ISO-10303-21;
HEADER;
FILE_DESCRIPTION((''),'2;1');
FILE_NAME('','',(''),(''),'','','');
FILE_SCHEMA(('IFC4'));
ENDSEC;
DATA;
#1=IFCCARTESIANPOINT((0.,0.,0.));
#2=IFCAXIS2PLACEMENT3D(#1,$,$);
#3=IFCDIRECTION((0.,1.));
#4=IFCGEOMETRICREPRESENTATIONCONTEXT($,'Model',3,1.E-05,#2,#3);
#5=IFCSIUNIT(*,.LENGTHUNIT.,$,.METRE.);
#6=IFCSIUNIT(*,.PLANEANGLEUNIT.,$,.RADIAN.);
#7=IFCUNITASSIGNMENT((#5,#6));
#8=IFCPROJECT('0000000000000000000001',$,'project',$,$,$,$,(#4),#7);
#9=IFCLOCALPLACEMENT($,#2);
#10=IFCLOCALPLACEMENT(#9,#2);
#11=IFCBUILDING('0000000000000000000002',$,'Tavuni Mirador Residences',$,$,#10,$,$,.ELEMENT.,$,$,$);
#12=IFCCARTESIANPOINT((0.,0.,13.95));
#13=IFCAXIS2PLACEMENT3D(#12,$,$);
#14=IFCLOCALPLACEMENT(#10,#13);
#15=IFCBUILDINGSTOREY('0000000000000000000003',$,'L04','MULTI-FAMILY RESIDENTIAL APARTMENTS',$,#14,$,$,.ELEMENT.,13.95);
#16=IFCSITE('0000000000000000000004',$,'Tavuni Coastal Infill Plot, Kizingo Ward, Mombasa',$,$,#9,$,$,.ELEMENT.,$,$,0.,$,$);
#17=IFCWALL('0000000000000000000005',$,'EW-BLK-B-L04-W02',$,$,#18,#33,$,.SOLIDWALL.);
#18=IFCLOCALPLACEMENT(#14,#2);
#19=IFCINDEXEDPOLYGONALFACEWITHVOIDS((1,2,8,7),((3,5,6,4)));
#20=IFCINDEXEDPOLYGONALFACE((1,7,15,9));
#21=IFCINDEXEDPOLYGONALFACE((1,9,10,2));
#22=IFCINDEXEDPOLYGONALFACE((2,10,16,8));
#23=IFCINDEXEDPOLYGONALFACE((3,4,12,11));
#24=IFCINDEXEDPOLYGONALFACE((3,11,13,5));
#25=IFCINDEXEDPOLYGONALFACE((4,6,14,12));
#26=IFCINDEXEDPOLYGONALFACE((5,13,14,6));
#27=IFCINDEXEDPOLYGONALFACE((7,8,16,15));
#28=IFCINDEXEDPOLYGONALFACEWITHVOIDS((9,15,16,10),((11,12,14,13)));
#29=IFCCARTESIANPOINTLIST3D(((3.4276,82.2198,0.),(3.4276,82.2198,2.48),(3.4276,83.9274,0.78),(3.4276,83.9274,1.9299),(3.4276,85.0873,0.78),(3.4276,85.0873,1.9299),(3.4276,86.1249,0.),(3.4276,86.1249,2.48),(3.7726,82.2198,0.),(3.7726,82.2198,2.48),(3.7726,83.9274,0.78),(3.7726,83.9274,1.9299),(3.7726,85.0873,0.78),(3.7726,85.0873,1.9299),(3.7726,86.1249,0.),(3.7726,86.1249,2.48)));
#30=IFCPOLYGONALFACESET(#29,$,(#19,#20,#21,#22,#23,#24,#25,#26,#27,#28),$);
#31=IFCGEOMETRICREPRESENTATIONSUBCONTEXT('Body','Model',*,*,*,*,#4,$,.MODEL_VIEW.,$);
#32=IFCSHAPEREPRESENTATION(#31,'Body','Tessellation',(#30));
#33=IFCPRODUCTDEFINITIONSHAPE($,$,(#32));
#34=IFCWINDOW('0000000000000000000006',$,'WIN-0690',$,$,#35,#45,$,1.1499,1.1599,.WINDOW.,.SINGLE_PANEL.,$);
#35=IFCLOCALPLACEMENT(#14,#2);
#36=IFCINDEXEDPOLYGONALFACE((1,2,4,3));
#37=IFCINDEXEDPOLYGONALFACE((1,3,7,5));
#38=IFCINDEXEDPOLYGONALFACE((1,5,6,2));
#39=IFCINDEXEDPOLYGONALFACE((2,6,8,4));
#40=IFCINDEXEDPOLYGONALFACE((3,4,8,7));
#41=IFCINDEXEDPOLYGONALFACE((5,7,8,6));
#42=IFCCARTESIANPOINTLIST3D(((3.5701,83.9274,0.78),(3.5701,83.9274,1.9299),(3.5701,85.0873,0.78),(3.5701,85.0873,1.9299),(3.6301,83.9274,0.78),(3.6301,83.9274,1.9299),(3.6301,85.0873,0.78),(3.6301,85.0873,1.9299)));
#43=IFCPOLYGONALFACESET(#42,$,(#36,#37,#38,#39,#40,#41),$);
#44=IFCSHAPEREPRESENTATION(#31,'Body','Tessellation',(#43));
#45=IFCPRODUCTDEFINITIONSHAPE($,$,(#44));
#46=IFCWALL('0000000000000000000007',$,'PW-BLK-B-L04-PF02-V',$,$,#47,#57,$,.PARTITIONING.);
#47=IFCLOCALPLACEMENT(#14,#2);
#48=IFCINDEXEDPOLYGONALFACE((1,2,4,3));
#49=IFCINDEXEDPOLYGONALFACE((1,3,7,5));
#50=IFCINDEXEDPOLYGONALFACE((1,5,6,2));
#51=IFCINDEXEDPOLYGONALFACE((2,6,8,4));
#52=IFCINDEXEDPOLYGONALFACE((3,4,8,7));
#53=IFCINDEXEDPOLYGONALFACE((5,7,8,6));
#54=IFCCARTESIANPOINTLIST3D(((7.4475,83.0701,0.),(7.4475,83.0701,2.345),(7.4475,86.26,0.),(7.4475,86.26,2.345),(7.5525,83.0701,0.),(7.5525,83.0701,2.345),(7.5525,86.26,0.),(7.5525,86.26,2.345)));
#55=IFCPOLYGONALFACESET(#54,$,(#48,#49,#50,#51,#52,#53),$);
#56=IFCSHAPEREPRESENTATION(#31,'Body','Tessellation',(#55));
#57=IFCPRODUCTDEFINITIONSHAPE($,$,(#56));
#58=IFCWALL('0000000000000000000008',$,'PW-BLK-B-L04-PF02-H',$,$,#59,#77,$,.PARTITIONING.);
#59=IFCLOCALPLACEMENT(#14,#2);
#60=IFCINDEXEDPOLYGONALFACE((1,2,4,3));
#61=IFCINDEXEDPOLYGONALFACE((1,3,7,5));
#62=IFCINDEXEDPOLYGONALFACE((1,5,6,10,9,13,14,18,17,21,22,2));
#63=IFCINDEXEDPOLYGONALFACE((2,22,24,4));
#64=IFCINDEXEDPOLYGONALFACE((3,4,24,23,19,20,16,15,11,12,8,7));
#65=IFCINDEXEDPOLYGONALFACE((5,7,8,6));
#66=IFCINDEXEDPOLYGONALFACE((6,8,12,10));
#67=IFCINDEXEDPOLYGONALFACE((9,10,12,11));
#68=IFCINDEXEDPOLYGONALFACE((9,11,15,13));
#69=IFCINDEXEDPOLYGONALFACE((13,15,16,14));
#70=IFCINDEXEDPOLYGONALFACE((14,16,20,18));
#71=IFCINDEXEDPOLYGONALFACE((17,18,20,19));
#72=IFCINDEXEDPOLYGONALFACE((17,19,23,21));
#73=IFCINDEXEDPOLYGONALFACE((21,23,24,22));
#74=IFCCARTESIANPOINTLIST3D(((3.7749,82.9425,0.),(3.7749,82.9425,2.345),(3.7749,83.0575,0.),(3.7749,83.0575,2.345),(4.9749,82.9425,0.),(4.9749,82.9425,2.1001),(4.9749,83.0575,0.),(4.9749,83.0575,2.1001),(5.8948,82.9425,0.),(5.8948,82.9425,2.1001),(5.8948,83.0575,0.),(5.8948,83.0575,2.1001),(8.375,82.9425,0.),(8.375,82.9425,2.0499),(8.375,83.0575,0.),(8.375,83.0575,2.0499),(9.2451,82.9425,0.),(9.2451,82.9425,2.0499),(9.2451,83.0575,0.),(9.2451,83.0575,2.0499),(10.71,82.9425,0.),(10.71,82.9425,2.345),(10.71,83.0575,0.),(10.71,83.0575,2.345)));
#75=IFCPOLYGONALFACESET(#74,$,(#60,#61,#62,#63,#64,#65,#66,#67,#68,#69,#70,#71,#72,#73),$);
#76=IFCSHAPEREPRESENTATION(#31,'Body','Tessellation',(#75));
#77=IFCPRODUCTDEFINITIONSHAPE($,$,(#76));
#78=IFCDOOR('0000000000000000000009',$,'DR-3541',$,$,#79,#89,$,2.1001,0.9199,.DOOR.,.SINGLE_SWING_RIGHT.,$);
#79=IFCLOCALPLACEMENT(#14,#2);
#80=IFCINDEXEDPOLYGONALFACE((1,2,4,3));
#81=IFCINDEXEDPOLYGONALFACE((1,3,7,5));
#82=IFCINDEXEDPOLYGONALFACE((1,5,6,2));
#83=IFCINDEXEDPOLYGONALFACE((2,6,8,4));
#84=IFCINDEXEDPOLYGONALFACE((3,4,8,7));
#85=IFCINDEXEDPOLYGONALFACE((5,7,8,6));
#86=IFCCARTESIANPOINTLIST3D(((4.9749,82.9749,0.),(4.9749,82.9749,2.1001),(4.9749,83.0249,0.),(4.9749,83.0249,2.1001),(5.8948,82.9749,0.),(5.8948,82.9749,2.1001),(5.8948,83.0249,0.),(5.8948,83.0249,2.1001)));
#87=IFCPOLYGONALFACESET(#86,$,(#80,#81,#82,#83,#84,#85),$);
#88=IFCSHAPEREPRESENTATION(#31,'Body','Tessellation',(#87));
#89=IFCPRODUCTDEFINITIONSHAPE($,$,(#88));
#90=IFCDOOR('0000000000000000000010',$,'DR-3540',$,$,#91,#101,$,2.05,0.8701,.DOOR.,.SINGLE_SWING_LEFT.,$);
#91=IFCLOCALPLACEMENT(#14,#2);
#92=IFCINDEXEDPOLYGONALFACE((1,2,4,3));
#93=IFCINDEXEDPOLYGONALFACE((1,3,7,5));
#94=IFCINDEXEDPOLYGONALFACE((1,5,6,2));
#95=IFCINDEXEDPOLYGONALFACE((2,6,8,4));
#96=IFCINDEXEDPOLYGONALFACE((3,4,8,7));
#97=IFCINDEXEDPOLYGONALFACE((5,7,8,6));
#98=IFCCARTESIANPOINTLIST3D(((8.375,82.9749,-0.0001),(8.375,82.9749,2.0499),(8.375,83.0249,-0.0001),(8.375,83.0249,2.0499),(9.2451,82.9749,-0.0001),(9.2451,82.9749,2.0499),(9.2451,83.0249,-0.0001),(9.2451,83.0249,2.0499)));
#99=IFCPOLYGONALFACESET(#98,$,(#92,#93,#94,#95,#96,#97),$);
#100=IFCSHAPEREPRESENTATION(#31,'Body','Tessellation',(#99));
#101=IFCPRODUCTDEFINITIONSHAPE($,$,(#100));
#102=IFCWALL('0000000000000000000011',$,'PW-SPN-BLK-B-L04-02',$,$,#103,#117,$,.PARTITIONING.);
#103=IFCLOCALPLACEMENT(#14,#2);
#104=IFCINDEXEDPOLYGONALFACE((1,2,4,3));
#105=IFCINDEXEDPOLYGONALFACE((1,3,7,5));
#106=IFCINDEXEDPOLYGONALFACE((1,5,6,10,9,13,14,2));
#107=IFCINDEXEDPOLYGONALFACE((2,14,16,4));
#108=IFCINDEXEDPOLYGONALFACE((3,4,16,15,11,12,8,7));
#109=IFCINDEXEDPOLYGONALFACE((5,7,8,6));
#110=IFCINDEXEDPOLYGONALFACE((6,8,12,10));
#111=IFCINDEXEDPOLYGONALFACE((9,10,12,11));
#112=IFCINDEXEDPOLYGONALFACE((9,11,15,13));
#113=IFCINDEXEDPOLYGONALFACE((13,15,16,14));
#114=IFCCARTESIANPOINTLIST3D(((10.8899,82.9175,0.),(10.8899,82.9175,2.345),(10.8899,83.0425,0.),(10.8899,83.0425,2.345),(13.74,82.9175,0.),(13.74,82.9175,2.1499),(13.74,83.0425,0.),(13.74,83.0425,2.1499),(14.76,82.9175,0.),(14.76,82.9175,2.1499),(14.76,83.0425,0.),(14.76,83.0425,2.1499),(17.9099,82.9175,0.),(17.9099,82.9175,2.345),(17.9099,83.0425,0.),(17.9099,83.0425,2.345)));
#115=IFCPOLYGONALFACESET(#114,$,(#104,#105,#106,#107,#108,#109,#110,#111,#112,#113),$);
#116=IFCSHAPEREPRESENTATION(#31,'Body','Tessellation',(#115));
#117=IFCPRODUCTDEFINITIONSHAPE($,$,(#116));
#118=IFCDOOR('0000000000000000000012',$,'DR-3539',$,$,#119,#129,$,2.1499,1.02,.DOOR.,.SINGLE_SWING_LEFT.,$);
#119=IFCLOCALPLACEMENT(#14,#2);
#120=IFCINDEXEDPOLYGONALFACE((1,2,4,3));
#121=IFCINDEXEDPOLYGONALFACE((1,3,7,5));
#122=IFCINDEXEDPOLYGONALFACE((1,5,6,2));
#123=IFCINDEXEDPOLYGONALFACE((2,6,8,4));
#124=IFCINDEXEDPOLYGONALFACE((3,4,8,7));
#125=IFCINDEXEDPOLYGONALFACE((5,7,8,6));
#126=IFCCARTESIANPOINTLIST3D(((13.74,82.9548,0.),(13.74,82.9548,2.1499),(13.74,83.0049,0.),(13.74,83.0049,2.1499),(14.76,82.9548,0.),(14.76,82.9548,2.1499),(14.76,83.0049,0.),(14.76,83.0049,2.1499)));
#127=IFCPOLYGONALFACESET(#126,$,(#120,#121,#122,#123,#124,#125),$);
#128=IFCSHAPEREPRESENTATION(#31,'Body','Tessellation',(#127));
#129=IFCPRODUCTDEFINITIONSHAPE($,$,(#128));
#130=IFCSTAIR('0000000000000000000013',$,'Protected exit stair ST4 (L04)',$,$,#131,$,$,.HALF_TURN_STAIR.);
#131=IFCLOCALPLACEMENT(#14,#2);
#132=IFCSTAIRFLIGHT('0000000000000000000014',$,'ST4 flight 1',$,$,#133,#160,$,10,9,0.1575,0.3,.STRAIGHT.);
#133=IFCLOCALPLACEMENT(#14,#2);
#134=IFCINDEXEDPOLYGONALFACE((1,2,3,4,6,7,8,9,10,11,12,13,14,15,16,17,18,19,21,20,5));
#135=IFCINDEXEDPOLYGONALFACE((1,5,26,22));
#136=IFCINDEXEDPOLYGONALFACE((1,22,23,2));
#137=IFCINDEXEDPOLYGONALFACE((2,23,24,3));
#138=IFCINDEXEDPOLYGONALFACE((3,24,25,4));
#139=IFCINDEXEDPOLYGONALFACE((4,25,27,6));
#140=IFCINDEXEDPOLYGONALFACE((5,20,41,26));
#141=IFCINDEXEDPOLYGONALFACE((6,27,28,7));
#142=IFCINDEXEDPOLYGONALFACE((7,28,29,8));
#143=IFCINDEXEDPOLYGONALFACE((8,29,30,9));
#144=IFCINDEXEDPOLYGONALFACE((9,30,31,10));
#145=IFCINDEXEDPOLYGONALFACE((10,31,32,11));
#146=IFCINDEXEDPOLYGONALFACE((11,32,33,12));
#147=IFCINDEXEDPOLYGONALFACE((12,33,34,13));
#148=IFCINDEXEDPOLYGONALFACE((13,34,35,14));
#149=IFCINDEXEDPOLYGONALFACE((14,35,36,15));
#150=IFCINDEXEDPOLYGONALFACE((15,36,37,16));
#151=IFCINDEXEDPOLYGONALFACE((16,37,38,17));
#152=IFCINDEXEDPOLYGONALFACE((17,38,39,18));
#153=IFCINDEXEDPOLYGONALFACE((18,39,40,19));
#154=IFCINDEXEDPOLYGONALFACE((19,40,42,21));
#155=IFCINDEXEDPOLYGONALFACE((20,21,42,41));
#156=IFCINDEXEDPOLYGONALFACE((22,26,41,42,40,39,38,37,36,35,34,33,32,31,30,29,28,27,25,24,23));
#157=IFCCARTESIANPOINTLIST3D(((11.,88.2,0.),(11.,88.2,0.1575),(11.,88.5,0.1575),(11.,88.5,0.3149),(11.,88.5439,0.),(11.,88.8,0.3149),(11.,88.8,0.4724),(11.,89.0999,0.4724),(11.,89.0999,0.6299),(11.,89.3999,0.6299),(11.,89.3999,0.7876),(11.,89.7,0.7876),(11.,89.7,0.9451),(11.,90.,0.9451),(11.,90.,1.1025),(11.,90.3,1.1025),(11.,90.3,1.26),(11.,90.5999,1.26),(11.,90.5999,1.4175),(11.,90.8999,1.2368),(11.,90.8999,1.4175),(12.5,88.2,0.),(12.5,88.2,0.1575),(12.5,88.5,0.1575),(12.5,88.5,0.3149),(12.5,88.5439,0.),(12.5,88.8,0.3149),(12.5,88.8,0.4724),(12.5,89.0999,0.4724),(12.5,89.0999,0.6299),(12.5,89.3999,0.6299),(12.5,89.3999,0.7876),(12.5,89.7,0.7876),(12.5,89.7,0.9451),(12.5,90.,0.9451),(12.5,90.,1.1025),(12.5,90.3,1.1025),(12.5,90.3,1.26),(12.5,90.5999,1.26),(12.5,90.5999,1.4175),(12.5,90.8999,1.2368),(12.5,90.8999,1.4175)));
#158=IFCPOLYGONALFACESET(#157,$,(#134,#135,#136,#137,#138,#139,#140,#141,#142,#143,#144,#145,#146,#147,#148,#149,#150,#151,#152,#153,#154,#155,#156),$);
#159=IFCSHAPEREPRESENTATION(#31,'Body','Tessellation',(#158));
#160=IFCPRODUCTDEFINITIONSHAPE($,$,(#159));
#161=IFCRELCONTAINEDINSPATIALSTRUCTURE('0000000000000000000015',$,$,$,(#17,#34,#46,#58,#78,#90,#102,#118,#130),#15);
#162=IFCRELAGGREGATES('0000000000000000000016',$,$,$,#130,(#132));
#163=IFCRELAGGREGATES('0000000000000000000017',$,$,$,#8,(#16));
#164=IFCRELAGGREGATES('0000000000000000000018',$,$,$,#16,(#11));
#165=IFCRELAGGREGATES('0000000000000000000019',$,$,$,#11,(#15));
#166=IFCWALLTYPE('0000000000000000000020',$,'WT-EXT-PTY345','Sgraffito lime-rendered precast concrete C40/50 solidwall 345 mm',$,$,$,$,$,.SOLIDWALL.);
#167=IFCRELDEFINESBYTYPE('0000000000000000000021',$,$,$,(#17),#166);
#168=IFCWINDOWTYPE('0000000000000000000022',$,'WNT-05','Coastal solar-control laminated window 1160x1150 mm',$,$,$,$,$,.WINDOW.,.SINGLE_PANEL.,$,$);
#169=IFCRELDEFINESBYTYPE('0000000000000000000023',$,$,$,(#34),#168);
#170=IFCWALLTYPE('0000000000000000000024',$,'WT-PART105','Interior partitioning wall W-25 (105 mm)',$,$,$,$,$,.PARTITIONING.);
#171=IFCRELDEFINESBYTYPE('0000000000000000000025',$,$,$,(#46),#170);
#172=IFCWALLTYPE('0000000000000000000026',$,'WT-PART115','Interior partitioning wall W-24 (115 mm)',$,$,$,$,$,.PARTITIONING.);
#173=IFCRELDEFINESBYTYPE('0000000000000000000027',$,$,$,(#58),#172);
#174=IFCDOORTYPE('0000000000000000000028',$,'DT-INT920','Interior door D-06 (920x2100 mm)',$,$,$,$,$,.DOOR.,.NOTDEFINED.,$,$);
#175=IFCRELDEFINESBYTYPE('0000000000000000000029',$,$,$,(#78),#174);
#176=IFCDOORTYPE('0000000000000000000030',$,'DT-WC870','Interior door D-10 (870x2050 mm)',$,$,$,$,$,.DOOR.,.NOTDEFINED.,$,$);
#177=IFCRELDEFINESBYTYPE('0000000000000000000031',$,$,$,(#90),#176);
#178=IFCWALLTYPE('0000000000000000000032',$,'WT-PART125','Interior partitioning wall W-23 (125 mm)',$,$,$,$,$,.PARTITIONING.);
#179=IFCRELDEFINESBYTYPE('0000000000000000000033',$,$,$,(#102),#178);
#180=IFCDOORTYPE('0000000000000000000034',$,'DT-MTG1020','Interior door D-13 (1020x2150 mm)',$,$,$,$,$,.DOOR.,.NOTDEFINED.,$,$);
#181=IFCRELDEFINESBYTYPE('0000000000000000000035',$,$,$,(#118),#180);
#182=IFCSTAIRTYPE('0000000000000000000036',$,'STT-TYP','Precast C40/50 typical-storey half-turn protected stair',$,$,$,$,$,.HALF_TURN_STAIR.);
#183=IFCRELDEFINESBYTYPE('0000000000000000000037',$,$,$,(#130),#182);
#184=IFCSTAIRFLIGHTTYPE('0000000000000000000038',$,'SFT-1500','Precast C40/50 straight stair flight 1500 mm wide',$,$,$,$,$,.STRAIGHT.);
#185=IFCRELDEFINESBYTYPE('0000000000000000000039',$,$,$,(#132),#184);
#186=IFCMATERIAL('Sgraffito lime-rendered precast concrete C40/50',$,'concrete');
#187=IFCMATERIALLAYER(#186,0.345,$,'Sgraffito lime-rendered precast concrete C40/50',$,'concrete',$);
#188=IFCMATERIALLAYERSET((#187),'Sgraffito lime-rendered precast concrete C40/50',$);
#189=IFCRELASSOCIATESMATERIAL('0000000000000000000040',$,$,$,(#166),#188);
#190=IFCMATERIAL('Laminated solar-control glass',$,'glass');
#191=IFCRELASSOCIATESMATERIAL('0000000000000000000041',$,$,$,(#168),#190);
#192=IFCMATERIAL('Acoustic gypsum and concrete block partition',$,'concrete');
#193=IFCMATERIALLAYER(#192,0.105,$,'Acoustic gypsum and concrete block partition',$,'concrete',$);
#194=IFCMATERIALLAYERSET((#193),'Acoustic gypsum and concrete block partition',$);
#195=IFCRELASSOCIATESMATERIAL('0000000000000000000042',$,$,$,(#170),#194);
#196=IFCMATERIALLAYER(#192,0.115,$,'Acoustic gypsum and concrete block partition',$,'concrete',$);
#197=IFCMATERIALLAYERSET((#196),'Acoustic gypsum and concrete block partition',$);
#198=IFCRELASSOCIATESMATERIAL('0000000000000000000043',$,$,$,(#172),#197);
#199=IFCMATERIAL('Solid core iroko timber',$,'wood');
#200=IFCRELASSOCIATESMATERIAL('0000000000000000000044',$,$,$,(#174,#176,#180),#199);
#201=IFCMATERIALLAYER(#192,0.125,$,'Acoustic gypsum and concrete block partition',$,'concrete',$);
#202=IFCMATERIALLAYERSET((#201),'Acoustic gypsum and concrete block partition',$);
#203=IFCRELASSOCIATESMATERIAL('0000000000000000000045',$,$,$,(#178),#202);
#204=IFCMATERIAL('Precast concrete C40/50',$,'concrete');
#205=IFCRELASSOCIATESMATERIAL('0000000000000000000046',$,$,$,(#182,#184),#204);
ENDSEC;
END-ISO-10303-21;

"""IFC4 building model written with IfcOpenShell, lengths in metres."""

from ifc_helpers import new_model, si_unit, direction, frame, frame_2d, origin, place, context, subcontext, project, spatial, polyline, rectangle, outline, extrude, material, layer, layer_set, type_object, element, fill, aggregate, save


model = new_model("IFC4")

# Units and contexts
model_context = context("Model", 3, precision=1e-05, world=origin(), true_north=direction((0.0, 1.0)))
body_context = subcontext(model_context, "Body", "Model", "MODEL_VIEW")
ifc_project = project(units=[si_unit("LENGTHUNIT", "METRE"), si_unit("PLANEANGLEUNIT", "RADIAN")], contexts=[model_context])

# Site, building, storey
site_placement = place(None, origin())
site = spatial("IfcSite", under=ifc_project, at=site_placement, Name="Tavuni Coastal Infill Plot, Kizingo Ward, Mombasa", CompositionType="ELEMENT", RefElevation=0.0)
building_placement = place(site_placement, origin())
building = spatial("IfcBuilding", under=site, at=building_placement, Name="Tavuni Mirador Residences", CompositionType="ELEMENT")
storey_placement = place(building_placement, frame((0.0, 0.0, 13.95)))
storey = spatial("IfcBuildingStorey", under=building, at=storey_placement, Name="L04", Description="MULTI-FAMILY RESIDENTIAL APARTMENTS", CompositionType="ELEMENT", Elevation=13.95)

# Shared definitions
ifc_material_1 = material(Name="Precast concrete C40/50", Category="concrete")

# Shared definitions
ifc_material_2 = material(Name="Solid core iroko timber", Category="wood")

# Wall, opening, window
ifc_material_3 = material(Name="Sgraffito lime-rendered precast concrete C40/50", Category="concrete")
ifc_layer_1 = layer(ifc_material_3, 0.345, Name="Sgraffito lime-rendered precast concrete C40/50", Category="concrete")
ifc_layer_set_1 = layer_set([ifc_layer_1], Name="Sgraffito lime-rendered precast concrete C40/50")
wall_type_1 = type_object("IfcWallType", Name="WT-EXT-PTY345", Description="Sgraffito lime-rendered precast concrete C40/50 solidwall 345 mm", PredefinedType="SOLIDWALL", material=ifc_layer_set_1)
wall_1_placement = place(storey_placement, frame((3.6001, 86.125, 0.0), z_axis=(0.0, 0.0, 1.0), x_axis=(0.0, -1.0, 0.0)))
wall_1 = element("IfcWall", 1, at=wall_1_placement, inside=storey, type_object=wall_type_1, Name="EW-BLK-B-L04-W02", PredefinedType="SOLIDWALL", context=body_context, shape_type="SweptSolid", body=[
    extrude(rectangle(XDim=3.905, YDim=0.345, at=frame_2d((1.9526, 0.0))), origin(), (0.0, 0.0, 1.0), 2.48),
])
opening_1_placement = place(wall_1_placement, frame((1.0376, 0.0, 0.78)))
opening_1 = element("IfcOpeningElement", 2, at=opening_1_placement, cuts=wall_1, PredefinedType="OPENING", context=body_context, shape_type="SweptSolid", body=[
    extrude(rectangle(XDim=1.1599, YDim=1.1499, at=frame_2d((0.5801, 0.575))), frame((0.0, 0.1826, 0.0), z_axis=(0.0, -1.0, 0.0), x_axis=(1.0, 0.0, 0.0)), (0.0, 0.0, 1.0), 0.365),
])
ifc_material_4 = material(Name="Laminated solar-control glass", Category="glass")
window_type = type_object("IfcWindowType", Name="WNT-05", Description="Coastal solar-control laminated window 1160x1150 mm", PartitioningType="SINGLE_PANEL", PredefinedType="WINDOW", material=ifc_material_4)
window_placement = place(opening_1_placement, origin())
window = element("IfcWindow", 3, at=window_placement, inside=storey, type_object=window_type, Name="WIN-0690", OverallHeight=1.1499, OverallWidth=1.1599, PartitioningType="SINGLE_PANEL", PredefinedType="WINDOW", context=body_context, shape_type="SweptSolid", body=[
    extrude(rectangle(XDim=1.1599, YDim=1.1499, at=frame_2d((0.5801, 0.575))), frame((0.0, 0.03, 0.0), z_axis=(0.0, -1.0, 0.0), x_axis=(1.0, 0.0, 0.0)), (0.0, 0.0, 1.0), 0.0601),
])
fill(opening_1, window)

# Wall
ifc_material_5 = material(Name="Acoustic gypsum and concrete block partition", Category="concrete")
ifc_layer_2 = layer(ifc_material_5, 0.105, Name="Acoustic gypsum and concrete block partition", Category="concrete")
ifc_layer_set_2 = layer_set([ifc_layer_2], Name="Acoustic gypsum and concrete block partition")
wall_type_2 = type_object("IfcWallType", Name="WT-PART105", Description="Interior partitioning wall W-25 (105 mm)", PredefinedType="PARTITIONING", material=ifc_layer_set_2)
wall_2_placement = place(storey_placement, frame((7.5, 83.0701, 0.0), z_axis=(0.0, 0.0, 1.0), x_axis=(0.0, 1.0, 0.0)))
element("IfcWall", 4, at=wall_2_placement, inside=storey, type_object=wall_type_2, Name="PW-BLK-B-L04-PF02-V", PredefinedType="PARTITIONING", context=body_context, shape_type="SweptSolid", body=[
    extrude(rectangle(XDim=3.1899, YDim=0.105, at=frame_2d((1.595, 0.0))), origin(), (0.0, 0.0, 1.0), 2.345),
])

# Wall, openings, doors
ifc_layer_3 = layer(ifc_material_5, 0.115, Name="Acoustic gypsum and concrete block partition", Category="concrete")
ifc_layer_set_3 = layer_set([ifc_layer_3], Name="Acoustic gypsum and concrete block partition")
wall_type_3 = type_object("IfcWallType", Name="WT-PART115", Description="Interior partitioning wall W-24 (115 mm)", PredefinedType="PARTITIONING", material=ifc_layer_set_3)
wall_3_placement = place(storey_placement, frame((3.7749, 83.0, 0.0), z_axis=(0.0, 0.0, 1.0), x_axis=(1.0, 0.0, 0.0)))
wall_3 = element("IfcWall", 5, at=wall_3_placement, inside=storey, type_object=wall_type_3, Name="PW-BLK-B-L04-PF02-H", PredefinedType="PARTITIONING", context=body_context, shape_type="SweptSolid", body=[
    extrude(rectangle(XDim=6.9351, YDim=0.115, at=frame_2d((3.4675, 0.0))), origin(), (0.0, 0.0, 1.0), 2.345),
])
opening_2_placement = place(wall_3_placement, frame((4.6001, 0.0, 0.0)))
opening_2 = element("IfcOpeningElement", 6, at=opening_2_placement, cuts=wall_3, PredefinedType="OPENING", context=body_context, shape_type="SweptSolid", body=[
    extrude(rectangle(XDim=0.8701, YDim=2.05, at=frame_2d((0.4351, 1.0249))), frame((0.0, 0.0674, 0.0), z_axis=(0.0, -1.0, 0.0), x_axis=(1.0, 0.0, 0.0)), (0.0, 0.0, 1.0), 0.135),
])
opening_3_placement = place(wall_3_placement, frame((1.2, 0.0, 0.0)))
opening_3 = element("IfcOpeningElement", 7, at=opening_3_placement, cuts=wall_3, PredefinedType="OPENING", context=body_context, shape_type="SweptSolid", body=[
    extrude(rectangle(XDim=0.9199, YDim=2.1001, at=frame_2d((0.46, 1.05))), frame((0.0, 0.0674, 0.0), z_axis=(0.0, -1.0, 0.0), x_axis=(1.0, 0.0, 0.0)), (0.0, 0.0, 1.0), 0.135),
])
door_type_1 = type_object("IfcDoorType", Name="DT-INT920", Description="Interior door D-06 (920x2100 mm)", OperationType="NOTDEFINED", PredefinedType="DOOR", material=ifc_material_2)
door_1_placement = place(opening_3_placement, origin())
door_1 = element("IfcDoor", 8, at=door_1_placement, inside=storey, type_object=door_type_1, Name="DR-3541", OperationType="SINGLE_SWING_RIGHT", OverallHeight=2.1001, OverallWidth=0.9199, PredefinedType="DOOR", context=body_context, shape_type="SweptSolid", body=[
    extrude(rectangle(XDim=0.9199, YDim=2.1001, at=frame_2d((0.46, 1.05))), frame((0.0, 0.0249, 0.0), z_axis=(0.0, -1.0, 0.0), x_axis=(1.0, 0.0, 0.0)), (0.0, 0.0, 1.0), 0.05),
])
fill(opening_3, door_1)
door_type_2 = type_object("IfcDoorType", Name="DT-WC870", Description="Interior door D-10 (870x2050 mm)", OperationType="NOTDEFINED", PredefinedType="DOOR", material=ifc_material_2)
door_2_placement = place(opening_2_placement, origin())
door_2 = element("IfcDoor", 9, at=door_2_placement, inside=storey, type_object=door_type_2, Name="DR-3540", OperationType="SINGLE_SWING_LEFT", OverallHeight=2.05, OverallWidth=0.8701, PredefinedType="DOOR", context=body_context, shape_type="SweptSolid", body=[
    extrude(rectangle(XDim=0.8701, YDim=2.05, at=frame_2d((0.4351, 1.0249))), frame((0.0, 0.0249, 0.0), z_axis=(0.0, -1.0, 0.0), x_axis=(1.0, 0.0, 0.0)), (0.0, 0.0, 1.0), 0.05),
])
fill(opening_2, door_2)

# Wall, opening, door
ifc_layer_4 = layer(ifc_material_5, 0.125, Name="Acoustic gypsum and concrete block partition", Category="concrete")
ifc_layer_set_4 = layer_set([ifc_layer_4], Name="Acoustic gypsum and concrete block partition")
wall_type_4 = type_object("IfcWallType", Name="WT-PART125", Description="Interior partitioning wall W-23 (125 mm)", PredefinedType="PARTITIONING", material=ifc_layer_set_4)
wall_4_placement = place(storey_placement, frame((10.8899, 82.98, 0.0), z_axis=(0.0, 0.0, 1.0), x_axis=(1.0, 0.0, 0.0)))
wall_4 = element("IfcWall", 10, at=wall_4_placement, inside=storey, type_object=wall_type_4, Name="PW-SPN-BLK-B-L04-02", PredefinedType="PARTITIONING", context=body_context, shape_type="SweptSolid", body=[
    extrude(rectangle(XDim=7.02, YDim=0.125, at=frame_2d((3.51, 0.0))), origin(), (0.0, 0.0, 1.0), 2.345),
])
opening_4_placement = place(wall_4_placement, frame((2.8501, 0.0, 0.0)))
opening_4 = element("IfcOpeningElement", 11, at=opening_4_placement, cuts=wall_4, PredefinedType="OPENING", context=body_context, shape_type="SweptSolid", body=[
    extrude(rectangle(XDim=1.02, YDim=2.1499, at=frame_2d((0.51, 1.075))), frame((0.0, 0.0725, 0.0), z_axis=(0.0, -1.0, 0.0), x_axis=(1.0, 0.0, 0.0)), (0.0, 0.0, 1.0), 0.145),
])
door_type_3 = type_object("IfcDoorType", Name="DT-MTG1020", Description="Interior door D-13 (1020x2150 mm)", OperationType="NOTDEFINED", PredefinedType="DOOR", material=ifc_material_2)
door_3_placement = place(opening_4_placement, origin())
door_3 = element("IfcDoor", 12, at=door_3_placement, inside=storey, type_object=door_type_3, Name="DR-3539", OperationType="SINGLE_SWING_LEFT", OverallHeight=2.1499, OverallWidth=1.02, PredefinedType="DOOR", context=body_context, shape_type="SweptSolid", body=[
    extrude(rectangle(XDim=1.02, YDim=2.1499, at=frame_2d((0.51, 1.075))), frame((0.0, 0.0249, 0.0), z_axis=(0.0, -1.0, 0.0), x_axis=(1.0, 0.0, 0.0)), (0.0, 0.0, 1.0), 0.05),
])
fill(opening_4, door_3)

# Stair, stair flight
stair_type = type_object("IfcStairType", Name="STT-TYP", Description="Precast C40/50 typical-storey half-turn protected stair", PredefinedType="HALF_TURN_STAIR", material=ifc_material_1)
stair_placement = place(storey_placement, origin())
stair = element("IfcStair", 13, at=stair_placement, inside=storey, type_object=stair_type, Name="Protected exit stair ST4 (L04)", PredefinedType="HALF_TURN_STAIR")
stair_flight_type = type_object("IfcStairFlightType", Name="SFT-1500", Description="Precast C40/50 straight stair flight 1500 mm wide", PredefinedType="STRAIGHT", material=ifc_material_1)
stair_flight_placement = place(storey_placement, frame((11.75, 88.2, 0.0), z_axis=(0.0, 0.0, 1.0), x_axis=(0.0, 1.0, 0.0)))
stair_flight = element("IfcStairFlight", 14, at=stair_flight_placement, type_object=stair_flight_type, Name="ST4 flight 1", NumberOfRisers=10, NumberOfTreads=9, PredefinedType="STRAIGHT", RiserHeight=0.1575, TreadLength=0.3, context=body_context, shape_type="SweptSolid", body=[
    extrude(outline(polyline([(0.0, 0.0), (0.0, 0.1575), (0.3, 0.1575), (0.3, 0.3149), (0.6001, 0.3149), (0.6001, 0.4724), (0.8999, 0.4724), (0.8999, 0.6299), (1.2, 0.6299), (1.2, 0.7876), (1.5, 0.7876), (1.5, 0.9451), (1.8, 0.9451), (1.8, 1.1025), (2.1001, 1.1025), (2.1001, 1.26), (2.3999, 1.26), (2.3999, 1.4175), (2.7, 1.4175), (2.7, 1.575), (2.7, 1.2368), (0.344, 0.0), (0.0, 0.0)])), frame((0.0, 0.75, 0.0), z_axis=(0.0, -1.0, 0.0), x_axis=(1.0, 0.0, 0.0)), (0.0, 0.0, 1.0), 1.5),
])
aggregate(stair, [stair_flight])

save(model, "model.ifc")
